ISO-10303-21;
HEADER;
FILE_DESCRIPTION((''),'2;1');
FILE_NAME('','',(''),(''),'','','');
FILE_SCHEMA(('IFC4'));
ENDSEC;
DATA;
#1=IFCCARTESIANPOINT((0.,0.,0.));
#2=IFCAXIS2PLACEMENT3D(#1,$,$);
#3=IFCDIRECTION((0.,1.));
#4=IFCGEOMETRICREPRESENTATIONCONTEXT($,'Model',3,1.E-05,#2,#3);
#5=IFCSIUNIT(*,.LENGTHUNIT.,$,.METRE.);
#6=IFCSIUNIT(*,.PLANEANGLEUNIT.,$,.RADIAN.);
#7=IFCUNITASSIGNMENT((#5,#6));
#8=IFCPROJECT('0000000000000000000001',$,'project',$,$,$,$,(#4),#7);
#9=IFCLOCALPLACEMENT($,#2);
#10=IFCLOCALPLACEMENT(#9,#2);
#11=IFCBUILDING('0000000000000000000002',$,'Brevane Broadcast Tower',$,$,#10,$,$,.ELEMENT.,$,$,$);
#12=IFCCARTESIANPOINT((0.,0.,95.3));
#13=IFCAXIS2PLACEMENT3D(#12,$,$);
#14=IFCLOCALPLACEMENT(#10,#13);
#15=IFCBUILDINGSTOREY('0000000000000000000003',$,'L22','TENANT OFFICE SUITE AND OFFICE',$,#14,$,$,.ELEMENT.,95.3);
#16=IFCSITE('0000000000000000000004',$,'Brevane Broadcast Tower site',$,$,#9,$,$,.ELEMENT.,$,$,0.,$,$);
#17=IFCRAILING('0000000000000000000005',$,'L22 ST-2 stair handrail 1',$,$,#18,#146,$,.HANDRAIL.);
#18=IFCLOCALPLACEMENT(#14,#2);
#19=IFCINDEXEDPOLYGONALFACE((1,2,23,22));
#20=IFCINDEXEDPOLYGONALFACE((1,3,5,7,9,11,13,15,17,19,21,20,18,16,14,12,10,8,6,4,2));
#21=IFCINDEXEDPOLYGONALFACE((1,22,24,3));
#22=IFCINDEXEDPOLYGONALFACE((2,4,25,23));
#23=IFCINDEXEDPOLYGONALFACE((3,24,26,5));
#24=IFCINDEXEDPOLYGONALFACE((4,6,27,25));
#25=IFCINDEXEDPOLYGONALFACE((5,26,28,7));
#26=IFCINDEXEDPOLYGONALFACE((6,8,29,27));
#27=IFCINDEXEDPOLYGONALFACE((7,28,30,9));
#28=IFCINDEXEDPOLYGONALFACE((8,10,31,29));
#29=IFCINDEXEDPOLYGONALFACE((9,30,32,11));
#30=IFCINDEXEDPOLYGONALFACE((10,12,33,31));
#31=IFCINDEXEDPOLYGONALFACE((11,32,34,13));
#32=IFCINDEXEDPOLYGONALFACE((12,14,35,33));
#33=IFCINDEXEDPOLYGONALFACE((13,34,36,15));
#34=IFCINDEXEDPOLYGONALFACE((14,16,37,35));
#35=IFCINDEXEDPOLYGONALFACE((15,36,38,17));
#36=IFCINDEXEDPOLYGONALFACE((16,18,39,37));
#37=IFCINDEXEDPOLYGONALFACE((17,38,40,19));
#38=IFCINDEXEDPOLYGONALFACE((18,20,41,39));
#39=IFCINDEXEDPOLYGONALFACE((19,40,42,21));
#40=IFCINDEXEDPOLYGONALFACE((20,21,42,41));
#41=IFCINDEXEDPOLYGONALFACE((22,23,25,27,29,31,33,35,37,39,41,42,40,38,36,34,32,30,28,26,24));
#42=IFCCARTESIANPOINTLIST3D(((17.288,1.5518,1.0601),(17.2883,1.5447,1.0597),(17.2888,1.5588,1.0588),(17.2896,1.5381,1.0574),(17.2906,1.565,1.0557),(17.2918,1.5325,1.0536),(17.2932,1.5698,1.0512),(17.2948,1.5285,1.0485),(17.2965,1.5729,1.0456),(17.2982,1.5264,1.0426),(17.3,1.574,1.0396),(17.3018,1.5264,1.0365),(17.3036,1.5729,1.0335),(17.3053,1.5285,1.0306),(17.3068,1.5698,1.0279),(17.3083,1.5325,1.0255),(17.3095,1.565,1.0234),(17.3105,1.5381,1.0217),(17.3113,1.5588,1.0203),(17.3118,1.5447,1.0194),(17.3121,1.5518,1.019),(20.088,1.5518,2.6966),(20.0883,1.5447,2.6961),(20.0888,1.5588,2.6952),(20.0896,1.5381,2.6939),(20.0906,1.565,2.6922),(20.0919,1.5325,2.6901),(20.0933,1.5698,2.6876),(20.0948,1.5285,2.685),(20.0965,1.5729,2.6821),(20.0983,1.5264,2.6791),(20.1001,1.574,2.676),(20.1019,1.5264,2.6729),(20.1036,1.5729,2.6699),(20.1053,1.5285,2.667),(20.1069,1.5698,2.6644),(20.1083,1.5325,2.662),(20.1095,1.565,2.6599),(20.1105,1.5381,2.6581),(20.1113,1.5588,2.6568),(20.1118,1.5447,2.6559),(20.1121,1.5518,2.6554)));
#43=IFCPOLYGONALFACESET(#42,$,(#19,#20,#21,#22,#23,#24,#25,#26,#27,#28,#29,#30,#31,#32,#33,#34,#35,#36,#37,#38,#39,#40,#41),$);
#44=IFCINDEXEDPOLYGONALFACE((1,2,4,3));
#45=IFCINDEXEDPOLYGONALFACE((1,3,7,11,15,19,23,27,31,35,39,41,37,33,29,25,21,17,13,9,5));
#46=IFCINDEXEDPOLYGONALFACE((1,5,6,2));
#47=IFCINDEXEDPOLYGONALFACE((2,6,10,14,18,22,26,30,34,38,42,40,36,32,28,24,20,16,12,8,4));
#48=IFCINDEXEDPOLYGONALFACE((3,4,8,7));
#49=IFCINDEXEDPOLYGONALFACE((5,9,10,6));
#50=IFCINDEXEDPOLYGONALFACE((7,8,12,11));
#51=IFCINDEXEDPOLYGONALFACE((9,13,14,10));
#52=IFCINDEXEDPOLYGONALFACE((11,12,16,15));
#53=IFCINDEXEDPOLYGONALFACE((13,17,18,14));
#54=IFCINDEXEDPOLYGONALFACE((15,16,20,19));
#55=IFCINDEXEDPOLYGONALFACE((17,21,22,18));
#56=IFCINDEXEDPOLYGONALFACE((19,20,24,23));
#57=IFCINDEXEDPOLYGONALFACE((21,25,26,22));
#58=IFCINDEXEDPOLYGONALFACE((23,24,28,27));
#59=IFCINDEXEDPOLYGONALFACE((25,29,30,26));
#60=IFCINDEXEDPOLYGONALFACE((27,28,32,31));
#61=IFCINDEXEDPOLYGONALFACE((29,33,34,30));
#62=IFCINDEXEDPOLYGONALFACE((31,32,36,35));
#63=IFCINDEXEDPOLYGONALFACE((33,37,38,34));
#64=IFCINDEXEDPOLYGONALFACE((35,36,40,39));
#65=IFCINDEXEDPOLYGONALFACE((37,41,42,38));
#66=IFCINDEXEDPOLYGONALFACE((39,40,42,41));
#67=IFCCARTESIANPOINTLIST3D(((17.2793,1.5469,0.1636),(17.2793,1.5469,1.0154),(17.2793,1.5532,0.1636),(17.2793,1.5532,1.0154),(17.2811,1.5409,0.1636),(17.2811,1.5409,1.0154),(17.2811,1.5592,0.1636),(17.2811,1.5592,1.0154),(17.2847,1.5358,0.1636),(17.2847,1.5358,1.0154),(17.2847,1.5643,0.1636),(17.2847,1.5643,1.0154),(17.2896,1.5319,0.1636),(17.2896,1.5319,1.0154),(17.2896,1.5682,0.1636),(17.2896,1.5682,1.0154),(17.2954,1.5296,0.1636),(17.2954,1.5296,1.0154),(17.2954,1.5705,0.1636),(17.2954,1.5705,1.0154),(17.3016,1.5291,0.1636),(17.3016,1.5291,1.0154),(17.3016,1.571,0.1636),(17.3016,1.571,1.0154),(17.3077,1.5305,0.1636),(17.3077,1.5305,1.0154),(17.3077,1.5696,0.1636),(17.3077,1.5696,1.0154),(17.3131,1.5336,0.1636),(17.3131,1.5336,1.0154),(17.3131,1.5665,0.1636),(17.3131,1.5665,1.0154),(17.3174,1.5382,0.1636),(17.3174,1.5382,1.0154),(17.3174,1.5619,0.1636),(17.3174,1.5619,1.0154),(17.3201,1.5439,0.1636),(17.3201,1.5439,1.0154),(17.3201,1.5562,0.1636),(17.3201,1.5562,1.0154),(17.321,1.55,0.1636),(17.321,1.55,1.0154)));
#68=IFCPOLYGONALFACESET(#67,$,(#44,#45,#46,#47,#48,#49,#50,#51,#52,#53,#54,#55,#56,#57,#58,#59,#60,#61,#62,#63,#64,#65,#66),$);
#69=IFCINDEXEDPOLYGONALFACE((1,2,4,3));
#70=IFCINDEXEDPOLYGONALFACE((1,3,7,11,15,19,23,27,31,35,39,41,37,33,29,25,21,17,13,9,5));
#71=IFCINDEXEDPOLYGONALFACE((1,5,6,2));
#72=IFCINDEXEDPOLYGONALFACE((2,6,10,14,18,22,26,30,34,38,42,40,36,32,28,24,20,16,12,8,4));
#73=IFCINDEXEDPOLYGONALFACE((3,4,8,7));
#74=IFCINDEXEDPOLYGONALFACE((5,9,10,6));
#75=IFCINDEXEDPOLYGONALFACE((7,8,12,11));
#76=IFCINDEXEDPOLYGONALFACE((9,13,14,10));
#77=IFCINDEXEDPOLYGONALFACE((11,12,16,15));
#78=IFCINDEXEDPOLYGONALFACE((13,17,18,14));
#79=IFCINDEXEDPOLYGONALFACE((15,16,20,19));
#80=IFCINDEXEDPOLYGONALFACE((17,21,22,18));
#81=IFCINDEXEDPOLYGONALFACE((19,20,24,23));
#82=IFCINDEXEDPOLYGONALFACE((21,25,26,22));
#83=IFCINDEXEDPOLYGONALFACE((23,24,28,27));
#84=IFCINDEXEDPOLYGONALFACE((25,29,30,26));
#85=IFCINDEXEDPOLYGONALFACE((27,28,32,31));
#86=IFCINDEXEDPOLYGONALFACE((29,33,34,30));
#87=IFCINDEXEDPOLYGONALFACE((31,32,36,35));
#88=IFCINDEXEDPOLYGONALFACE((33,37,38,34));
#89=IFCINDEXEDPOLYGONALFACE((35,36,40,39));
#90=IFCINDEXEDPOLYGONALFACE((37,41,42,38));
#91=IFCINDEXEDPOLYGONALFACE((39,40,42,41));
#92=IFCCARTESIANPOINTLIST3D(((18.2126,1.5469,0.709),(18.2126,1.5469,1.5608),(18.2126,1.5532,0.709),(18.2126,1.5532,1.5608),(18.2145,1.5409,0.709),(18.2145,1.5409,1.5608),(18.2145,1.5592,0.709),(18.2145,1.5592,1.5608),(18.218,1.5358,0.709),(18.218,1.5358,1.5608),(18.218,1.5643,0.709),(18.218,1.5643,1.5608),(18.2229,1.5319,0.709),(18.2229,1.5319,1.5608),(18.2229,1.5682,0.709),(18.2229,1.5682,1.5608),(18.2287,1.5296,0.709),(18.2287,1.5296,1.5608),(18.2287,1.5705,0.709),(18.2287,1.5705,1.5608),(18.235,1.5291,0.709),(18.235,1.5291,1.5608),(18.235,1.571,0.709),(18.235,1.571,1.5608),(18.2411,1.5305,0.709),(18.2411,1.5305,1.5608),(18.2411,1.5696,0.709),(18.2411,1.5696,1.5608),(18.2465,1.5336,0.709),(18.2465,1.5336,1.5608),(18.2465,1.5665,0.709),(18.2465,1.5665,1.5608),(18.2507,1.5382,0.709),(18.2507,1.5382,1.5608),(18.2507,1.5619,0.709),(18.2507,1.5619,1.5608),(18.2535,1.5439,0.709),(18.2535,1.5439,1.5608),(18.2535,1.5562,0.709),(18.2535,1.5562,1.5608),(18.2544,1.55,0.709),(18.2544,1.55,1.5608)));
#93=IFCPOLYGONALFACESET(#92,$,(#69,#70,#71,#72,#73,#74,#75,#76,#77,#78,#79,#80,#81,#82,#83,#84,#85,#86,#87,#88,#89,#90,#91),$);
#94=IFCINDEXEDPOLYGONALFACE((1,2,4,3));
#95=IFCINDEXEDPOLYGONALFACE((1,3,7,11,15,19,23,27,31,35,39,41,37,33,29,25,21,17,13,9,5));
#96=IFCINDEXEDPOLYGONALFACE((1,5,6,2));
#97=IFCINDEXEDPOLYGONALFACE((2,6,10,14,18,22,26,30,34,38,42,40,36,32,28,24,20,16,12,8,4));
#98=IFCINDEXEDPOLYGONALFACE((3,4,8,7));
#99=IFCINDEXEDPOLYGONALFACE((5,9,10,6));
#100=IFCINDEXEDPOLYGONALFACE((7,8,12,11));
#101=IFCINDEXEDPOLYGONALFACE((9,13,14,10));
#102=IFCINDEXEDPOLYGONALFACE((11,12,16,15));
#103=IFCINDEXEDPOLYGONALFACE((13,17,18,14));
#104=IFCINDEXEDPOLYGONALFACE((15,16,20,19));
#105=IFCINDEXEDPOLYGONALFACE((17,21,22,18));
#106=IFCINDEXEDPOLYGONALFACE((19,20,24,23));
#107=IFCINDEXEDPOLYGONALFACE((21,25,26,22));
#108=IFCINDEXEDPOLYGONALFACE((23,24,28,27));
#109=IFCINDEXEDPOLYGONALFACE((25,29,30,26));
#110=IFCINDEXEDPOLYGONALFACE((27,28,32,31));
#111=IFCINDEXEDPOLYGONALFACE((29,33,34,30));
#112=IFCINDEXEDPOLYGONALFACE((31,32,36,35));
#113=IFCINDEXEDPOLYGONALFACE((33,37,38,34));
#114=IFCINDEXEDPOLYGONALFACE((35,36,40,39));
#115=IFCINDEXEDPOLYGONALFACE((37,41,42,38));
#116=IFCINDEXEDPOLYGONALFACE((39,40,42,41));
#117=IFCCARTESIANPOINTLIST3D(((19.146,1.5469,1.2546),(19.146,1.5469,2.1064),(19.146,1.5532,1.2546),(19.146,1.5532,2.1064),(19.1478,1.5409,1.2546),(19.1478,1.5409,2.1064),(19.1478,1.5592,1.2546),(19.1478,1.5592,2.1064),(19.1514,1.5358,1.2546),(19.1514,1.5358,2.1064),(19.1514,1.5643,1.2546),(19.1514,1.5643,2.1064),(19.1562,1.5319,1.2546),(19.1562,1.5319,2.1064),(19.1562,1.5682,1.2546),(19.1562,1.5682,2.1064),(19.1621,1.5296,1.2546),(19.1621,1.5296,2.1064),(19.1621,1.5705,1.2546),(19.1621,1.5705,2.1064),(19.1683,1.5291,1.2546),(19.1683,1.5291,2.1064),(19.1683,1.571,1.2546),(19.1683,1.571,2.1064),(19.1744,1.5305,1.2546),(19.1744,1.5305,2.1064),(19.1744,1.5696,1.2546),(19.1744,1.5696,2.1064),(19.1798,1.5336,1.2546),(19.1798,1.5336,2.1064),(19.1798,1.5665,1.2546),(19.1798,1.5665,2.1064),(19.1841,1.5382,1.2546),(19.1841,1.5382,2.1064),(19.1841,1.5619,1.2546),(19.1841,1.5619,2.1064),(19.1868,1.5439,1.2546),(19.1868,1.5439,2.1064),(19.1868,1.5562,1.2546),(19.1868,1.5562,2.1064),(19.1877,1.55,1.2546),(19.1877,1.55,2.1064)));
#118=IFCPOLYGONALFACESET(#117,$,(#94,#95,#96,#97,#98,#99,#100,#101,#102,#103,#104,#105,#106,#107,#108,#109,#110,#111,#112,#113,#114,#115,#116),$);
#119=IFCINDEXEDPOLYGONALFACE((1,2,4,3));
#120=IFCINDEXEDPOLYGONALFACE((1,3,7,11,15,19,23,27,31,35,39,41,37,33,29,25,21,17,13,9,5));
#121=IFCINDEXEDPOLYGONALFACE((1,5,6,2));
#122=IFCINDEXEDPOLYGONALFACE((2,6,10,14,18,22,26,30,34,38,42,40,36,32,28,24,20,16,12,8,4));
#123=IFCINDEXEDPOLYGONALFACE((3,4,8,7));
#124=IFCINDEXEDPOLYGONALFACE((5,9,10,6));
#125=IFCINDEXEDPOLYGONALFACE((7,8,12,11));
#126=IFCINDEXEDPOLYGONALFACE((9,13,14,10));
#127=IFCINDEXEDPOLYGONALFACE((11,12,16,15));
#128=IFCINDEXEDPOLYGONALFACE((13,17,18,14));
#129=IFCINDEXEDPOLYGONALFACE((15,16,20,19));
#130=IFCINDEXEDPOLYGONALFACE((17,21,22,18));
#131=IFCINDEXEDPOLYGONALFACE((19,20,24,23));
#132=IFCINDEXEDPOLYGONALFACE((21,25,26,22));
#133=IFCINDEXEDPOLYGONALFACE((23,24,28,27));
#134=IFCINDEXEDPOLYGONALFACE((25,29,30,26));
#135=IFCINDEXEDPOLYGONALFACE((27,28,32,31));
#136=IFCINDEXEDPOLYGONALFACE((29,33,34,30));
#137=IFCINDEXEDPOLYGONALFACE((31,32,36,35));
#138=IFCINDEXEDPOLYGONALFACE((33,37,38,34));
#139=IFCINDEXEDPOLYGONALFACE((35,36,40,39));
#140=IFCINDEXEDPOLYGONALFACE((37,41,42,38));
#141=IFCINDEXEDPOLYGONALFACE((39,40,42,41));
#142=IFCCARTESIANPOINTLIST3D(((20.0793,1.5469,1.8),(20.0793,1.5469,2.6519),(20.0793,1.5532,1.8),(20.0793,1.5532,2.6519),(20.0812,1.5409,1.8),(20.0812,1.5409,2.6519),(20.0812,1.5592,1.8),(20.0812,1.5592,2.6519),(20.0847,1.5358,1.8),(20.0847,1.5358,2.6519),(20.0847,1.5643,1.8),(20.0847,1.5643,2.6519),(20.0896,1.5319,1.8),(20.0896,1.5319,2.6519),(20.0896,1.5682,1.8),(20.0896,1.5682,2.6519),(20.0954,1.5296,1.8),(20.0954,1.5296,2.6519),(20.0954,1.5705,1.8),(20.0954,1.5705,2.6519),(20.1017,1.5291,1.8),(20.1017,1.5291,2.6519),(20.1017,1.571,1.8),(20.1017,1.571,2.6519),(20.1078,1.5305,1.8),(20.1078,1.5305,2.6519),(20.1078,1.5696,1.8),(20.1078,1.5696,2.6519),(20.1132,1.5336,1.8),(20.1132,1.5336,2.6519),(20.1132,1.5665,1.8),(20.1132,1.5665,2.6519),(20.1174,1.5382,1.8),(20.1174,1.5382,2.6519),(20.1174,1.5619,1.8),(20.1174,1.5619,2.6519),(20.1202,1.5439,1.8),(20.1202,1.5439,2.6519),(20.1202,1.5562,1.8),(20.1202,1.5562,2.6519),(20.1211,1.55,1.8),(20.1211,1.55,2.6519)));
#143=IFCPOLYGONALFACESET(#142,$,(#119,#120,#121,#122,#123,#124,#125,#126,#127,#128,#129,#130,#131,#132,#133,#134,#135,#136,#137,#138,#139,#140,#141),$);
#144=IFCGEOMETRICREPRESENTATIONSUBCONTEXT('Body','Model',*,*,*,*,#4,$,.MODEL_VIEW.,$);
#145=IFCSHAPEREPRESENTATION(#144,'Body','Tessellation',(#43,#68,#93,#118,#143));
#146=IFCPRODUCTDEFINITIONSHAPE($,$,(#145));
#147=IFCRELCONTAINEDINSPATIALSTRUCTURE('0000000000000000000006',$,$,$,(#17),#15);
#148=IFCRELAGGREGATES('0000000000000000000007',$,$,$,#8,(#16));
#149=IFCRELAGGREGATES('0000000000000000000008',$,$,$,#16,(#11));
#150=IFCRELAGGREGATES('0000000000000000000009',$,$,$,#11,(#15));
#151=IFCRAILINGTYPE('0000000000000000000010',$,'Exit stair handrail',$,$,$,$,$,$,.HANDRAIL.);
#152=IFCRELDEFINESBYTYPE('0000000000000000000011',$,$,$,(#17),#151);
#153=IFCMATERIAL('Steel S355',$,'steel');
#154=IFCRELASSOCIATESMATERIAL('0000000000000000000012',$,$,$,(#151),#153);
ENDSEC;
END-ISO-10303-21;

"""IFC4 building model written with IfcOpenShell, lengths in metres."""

from ifc_helpers import new_model, si_unit, direction, frame, origin, origin_2d, place, context, subcontext, project, spatial, circle, extrude, material, type_object, element, save


model = new_model("IFC4")

# Units and contexts
model_context = context("Model", 3, precision=1e-05, world=origin(), true_north=direction((0.0, 1.0)))
body_context = subcontext(model_context, "Body", "Model", "MODEL_VIEW")
ifc_project = project(units=[si_unit("LENGTHUNIT", "METRE"), si_unit("PLANEANGLEUNIT", "RADIAN")], contexts=[model_context])

# Site, building, storey
site_placement = place(None, origin())
site = spatial("IfcSite", under=ifc_project, at=site_placement, Name="Brevane Broadcast Tower site", CompositionType="ELEMENT", RefElevation=0.0)
building_placement = place(site_placement, origin())
building = spatial("IfcBuilding", under=site, at=building_placement, Name="Brevane Broadcast Tower", CompositionType="ELEMENT")
storey_placement = place(building_placement, frame((0.0, 0.0, 95.3)))
storey = spatial("IfcBuildingStorey", under=building, at=storey_placement, Name="L22", Description="TENANT OFFICE SUITE AND OFFICE", CompositionType="ELEMENT", Elevation=95.3)

# Railing
ifc_material_1 = material(Name="Steel S355", Category="steel")
railing_type_1 = type_object("IfcRailingType", Name="Exit stair handrail", PredefinedType="HANDRAIL", material=ifc_material_1)
railing_1_placement = place(storey_placement, frame((17.3, 1.55, 0.1636)))
element("IfcRailing", 1, at=railing_1_placement, inside=storey, type_object=railing_type_1, Name="L22 ST-2 stair handrail 1", PredefinedType="HANDRAIL", context=body_context, shape_type="SweptSolid", body=[
    extrude(circle(Radius=0.0239, at=origin_2d()), frame((0.0, 0.0, 0.876), z_axis=(0.863361, 0.0, 0.504587), x_axis=(0.0, 1.0, 0.0)), (0.0, 0.0, 1.0), 3.2432),
    extrude(circle(Radius=0.021, at=origin_2d()), origin(), (0.0, 0.0, 1.0), 0.8518),
    extrude(circle(Radius=0.021, at=origin_2d()), frame((0.9333, 0.0, 0.5454)), (0.0, 0.0, 1.0), 0.8518),
    extrude(circle(Radius=0.021, at=origin_2d()), frame((1.8667, 0.0, 1.0911)), (0.0, 0.0, 1.0), 0.8518),
    extrude(circle(Radius=0.021, at=origin_2d()), frame((2.8, 0.0, 1.6365)), (0.0, 0.0, 1.0), 0.8518),
])

save(model, "model.ifc")
